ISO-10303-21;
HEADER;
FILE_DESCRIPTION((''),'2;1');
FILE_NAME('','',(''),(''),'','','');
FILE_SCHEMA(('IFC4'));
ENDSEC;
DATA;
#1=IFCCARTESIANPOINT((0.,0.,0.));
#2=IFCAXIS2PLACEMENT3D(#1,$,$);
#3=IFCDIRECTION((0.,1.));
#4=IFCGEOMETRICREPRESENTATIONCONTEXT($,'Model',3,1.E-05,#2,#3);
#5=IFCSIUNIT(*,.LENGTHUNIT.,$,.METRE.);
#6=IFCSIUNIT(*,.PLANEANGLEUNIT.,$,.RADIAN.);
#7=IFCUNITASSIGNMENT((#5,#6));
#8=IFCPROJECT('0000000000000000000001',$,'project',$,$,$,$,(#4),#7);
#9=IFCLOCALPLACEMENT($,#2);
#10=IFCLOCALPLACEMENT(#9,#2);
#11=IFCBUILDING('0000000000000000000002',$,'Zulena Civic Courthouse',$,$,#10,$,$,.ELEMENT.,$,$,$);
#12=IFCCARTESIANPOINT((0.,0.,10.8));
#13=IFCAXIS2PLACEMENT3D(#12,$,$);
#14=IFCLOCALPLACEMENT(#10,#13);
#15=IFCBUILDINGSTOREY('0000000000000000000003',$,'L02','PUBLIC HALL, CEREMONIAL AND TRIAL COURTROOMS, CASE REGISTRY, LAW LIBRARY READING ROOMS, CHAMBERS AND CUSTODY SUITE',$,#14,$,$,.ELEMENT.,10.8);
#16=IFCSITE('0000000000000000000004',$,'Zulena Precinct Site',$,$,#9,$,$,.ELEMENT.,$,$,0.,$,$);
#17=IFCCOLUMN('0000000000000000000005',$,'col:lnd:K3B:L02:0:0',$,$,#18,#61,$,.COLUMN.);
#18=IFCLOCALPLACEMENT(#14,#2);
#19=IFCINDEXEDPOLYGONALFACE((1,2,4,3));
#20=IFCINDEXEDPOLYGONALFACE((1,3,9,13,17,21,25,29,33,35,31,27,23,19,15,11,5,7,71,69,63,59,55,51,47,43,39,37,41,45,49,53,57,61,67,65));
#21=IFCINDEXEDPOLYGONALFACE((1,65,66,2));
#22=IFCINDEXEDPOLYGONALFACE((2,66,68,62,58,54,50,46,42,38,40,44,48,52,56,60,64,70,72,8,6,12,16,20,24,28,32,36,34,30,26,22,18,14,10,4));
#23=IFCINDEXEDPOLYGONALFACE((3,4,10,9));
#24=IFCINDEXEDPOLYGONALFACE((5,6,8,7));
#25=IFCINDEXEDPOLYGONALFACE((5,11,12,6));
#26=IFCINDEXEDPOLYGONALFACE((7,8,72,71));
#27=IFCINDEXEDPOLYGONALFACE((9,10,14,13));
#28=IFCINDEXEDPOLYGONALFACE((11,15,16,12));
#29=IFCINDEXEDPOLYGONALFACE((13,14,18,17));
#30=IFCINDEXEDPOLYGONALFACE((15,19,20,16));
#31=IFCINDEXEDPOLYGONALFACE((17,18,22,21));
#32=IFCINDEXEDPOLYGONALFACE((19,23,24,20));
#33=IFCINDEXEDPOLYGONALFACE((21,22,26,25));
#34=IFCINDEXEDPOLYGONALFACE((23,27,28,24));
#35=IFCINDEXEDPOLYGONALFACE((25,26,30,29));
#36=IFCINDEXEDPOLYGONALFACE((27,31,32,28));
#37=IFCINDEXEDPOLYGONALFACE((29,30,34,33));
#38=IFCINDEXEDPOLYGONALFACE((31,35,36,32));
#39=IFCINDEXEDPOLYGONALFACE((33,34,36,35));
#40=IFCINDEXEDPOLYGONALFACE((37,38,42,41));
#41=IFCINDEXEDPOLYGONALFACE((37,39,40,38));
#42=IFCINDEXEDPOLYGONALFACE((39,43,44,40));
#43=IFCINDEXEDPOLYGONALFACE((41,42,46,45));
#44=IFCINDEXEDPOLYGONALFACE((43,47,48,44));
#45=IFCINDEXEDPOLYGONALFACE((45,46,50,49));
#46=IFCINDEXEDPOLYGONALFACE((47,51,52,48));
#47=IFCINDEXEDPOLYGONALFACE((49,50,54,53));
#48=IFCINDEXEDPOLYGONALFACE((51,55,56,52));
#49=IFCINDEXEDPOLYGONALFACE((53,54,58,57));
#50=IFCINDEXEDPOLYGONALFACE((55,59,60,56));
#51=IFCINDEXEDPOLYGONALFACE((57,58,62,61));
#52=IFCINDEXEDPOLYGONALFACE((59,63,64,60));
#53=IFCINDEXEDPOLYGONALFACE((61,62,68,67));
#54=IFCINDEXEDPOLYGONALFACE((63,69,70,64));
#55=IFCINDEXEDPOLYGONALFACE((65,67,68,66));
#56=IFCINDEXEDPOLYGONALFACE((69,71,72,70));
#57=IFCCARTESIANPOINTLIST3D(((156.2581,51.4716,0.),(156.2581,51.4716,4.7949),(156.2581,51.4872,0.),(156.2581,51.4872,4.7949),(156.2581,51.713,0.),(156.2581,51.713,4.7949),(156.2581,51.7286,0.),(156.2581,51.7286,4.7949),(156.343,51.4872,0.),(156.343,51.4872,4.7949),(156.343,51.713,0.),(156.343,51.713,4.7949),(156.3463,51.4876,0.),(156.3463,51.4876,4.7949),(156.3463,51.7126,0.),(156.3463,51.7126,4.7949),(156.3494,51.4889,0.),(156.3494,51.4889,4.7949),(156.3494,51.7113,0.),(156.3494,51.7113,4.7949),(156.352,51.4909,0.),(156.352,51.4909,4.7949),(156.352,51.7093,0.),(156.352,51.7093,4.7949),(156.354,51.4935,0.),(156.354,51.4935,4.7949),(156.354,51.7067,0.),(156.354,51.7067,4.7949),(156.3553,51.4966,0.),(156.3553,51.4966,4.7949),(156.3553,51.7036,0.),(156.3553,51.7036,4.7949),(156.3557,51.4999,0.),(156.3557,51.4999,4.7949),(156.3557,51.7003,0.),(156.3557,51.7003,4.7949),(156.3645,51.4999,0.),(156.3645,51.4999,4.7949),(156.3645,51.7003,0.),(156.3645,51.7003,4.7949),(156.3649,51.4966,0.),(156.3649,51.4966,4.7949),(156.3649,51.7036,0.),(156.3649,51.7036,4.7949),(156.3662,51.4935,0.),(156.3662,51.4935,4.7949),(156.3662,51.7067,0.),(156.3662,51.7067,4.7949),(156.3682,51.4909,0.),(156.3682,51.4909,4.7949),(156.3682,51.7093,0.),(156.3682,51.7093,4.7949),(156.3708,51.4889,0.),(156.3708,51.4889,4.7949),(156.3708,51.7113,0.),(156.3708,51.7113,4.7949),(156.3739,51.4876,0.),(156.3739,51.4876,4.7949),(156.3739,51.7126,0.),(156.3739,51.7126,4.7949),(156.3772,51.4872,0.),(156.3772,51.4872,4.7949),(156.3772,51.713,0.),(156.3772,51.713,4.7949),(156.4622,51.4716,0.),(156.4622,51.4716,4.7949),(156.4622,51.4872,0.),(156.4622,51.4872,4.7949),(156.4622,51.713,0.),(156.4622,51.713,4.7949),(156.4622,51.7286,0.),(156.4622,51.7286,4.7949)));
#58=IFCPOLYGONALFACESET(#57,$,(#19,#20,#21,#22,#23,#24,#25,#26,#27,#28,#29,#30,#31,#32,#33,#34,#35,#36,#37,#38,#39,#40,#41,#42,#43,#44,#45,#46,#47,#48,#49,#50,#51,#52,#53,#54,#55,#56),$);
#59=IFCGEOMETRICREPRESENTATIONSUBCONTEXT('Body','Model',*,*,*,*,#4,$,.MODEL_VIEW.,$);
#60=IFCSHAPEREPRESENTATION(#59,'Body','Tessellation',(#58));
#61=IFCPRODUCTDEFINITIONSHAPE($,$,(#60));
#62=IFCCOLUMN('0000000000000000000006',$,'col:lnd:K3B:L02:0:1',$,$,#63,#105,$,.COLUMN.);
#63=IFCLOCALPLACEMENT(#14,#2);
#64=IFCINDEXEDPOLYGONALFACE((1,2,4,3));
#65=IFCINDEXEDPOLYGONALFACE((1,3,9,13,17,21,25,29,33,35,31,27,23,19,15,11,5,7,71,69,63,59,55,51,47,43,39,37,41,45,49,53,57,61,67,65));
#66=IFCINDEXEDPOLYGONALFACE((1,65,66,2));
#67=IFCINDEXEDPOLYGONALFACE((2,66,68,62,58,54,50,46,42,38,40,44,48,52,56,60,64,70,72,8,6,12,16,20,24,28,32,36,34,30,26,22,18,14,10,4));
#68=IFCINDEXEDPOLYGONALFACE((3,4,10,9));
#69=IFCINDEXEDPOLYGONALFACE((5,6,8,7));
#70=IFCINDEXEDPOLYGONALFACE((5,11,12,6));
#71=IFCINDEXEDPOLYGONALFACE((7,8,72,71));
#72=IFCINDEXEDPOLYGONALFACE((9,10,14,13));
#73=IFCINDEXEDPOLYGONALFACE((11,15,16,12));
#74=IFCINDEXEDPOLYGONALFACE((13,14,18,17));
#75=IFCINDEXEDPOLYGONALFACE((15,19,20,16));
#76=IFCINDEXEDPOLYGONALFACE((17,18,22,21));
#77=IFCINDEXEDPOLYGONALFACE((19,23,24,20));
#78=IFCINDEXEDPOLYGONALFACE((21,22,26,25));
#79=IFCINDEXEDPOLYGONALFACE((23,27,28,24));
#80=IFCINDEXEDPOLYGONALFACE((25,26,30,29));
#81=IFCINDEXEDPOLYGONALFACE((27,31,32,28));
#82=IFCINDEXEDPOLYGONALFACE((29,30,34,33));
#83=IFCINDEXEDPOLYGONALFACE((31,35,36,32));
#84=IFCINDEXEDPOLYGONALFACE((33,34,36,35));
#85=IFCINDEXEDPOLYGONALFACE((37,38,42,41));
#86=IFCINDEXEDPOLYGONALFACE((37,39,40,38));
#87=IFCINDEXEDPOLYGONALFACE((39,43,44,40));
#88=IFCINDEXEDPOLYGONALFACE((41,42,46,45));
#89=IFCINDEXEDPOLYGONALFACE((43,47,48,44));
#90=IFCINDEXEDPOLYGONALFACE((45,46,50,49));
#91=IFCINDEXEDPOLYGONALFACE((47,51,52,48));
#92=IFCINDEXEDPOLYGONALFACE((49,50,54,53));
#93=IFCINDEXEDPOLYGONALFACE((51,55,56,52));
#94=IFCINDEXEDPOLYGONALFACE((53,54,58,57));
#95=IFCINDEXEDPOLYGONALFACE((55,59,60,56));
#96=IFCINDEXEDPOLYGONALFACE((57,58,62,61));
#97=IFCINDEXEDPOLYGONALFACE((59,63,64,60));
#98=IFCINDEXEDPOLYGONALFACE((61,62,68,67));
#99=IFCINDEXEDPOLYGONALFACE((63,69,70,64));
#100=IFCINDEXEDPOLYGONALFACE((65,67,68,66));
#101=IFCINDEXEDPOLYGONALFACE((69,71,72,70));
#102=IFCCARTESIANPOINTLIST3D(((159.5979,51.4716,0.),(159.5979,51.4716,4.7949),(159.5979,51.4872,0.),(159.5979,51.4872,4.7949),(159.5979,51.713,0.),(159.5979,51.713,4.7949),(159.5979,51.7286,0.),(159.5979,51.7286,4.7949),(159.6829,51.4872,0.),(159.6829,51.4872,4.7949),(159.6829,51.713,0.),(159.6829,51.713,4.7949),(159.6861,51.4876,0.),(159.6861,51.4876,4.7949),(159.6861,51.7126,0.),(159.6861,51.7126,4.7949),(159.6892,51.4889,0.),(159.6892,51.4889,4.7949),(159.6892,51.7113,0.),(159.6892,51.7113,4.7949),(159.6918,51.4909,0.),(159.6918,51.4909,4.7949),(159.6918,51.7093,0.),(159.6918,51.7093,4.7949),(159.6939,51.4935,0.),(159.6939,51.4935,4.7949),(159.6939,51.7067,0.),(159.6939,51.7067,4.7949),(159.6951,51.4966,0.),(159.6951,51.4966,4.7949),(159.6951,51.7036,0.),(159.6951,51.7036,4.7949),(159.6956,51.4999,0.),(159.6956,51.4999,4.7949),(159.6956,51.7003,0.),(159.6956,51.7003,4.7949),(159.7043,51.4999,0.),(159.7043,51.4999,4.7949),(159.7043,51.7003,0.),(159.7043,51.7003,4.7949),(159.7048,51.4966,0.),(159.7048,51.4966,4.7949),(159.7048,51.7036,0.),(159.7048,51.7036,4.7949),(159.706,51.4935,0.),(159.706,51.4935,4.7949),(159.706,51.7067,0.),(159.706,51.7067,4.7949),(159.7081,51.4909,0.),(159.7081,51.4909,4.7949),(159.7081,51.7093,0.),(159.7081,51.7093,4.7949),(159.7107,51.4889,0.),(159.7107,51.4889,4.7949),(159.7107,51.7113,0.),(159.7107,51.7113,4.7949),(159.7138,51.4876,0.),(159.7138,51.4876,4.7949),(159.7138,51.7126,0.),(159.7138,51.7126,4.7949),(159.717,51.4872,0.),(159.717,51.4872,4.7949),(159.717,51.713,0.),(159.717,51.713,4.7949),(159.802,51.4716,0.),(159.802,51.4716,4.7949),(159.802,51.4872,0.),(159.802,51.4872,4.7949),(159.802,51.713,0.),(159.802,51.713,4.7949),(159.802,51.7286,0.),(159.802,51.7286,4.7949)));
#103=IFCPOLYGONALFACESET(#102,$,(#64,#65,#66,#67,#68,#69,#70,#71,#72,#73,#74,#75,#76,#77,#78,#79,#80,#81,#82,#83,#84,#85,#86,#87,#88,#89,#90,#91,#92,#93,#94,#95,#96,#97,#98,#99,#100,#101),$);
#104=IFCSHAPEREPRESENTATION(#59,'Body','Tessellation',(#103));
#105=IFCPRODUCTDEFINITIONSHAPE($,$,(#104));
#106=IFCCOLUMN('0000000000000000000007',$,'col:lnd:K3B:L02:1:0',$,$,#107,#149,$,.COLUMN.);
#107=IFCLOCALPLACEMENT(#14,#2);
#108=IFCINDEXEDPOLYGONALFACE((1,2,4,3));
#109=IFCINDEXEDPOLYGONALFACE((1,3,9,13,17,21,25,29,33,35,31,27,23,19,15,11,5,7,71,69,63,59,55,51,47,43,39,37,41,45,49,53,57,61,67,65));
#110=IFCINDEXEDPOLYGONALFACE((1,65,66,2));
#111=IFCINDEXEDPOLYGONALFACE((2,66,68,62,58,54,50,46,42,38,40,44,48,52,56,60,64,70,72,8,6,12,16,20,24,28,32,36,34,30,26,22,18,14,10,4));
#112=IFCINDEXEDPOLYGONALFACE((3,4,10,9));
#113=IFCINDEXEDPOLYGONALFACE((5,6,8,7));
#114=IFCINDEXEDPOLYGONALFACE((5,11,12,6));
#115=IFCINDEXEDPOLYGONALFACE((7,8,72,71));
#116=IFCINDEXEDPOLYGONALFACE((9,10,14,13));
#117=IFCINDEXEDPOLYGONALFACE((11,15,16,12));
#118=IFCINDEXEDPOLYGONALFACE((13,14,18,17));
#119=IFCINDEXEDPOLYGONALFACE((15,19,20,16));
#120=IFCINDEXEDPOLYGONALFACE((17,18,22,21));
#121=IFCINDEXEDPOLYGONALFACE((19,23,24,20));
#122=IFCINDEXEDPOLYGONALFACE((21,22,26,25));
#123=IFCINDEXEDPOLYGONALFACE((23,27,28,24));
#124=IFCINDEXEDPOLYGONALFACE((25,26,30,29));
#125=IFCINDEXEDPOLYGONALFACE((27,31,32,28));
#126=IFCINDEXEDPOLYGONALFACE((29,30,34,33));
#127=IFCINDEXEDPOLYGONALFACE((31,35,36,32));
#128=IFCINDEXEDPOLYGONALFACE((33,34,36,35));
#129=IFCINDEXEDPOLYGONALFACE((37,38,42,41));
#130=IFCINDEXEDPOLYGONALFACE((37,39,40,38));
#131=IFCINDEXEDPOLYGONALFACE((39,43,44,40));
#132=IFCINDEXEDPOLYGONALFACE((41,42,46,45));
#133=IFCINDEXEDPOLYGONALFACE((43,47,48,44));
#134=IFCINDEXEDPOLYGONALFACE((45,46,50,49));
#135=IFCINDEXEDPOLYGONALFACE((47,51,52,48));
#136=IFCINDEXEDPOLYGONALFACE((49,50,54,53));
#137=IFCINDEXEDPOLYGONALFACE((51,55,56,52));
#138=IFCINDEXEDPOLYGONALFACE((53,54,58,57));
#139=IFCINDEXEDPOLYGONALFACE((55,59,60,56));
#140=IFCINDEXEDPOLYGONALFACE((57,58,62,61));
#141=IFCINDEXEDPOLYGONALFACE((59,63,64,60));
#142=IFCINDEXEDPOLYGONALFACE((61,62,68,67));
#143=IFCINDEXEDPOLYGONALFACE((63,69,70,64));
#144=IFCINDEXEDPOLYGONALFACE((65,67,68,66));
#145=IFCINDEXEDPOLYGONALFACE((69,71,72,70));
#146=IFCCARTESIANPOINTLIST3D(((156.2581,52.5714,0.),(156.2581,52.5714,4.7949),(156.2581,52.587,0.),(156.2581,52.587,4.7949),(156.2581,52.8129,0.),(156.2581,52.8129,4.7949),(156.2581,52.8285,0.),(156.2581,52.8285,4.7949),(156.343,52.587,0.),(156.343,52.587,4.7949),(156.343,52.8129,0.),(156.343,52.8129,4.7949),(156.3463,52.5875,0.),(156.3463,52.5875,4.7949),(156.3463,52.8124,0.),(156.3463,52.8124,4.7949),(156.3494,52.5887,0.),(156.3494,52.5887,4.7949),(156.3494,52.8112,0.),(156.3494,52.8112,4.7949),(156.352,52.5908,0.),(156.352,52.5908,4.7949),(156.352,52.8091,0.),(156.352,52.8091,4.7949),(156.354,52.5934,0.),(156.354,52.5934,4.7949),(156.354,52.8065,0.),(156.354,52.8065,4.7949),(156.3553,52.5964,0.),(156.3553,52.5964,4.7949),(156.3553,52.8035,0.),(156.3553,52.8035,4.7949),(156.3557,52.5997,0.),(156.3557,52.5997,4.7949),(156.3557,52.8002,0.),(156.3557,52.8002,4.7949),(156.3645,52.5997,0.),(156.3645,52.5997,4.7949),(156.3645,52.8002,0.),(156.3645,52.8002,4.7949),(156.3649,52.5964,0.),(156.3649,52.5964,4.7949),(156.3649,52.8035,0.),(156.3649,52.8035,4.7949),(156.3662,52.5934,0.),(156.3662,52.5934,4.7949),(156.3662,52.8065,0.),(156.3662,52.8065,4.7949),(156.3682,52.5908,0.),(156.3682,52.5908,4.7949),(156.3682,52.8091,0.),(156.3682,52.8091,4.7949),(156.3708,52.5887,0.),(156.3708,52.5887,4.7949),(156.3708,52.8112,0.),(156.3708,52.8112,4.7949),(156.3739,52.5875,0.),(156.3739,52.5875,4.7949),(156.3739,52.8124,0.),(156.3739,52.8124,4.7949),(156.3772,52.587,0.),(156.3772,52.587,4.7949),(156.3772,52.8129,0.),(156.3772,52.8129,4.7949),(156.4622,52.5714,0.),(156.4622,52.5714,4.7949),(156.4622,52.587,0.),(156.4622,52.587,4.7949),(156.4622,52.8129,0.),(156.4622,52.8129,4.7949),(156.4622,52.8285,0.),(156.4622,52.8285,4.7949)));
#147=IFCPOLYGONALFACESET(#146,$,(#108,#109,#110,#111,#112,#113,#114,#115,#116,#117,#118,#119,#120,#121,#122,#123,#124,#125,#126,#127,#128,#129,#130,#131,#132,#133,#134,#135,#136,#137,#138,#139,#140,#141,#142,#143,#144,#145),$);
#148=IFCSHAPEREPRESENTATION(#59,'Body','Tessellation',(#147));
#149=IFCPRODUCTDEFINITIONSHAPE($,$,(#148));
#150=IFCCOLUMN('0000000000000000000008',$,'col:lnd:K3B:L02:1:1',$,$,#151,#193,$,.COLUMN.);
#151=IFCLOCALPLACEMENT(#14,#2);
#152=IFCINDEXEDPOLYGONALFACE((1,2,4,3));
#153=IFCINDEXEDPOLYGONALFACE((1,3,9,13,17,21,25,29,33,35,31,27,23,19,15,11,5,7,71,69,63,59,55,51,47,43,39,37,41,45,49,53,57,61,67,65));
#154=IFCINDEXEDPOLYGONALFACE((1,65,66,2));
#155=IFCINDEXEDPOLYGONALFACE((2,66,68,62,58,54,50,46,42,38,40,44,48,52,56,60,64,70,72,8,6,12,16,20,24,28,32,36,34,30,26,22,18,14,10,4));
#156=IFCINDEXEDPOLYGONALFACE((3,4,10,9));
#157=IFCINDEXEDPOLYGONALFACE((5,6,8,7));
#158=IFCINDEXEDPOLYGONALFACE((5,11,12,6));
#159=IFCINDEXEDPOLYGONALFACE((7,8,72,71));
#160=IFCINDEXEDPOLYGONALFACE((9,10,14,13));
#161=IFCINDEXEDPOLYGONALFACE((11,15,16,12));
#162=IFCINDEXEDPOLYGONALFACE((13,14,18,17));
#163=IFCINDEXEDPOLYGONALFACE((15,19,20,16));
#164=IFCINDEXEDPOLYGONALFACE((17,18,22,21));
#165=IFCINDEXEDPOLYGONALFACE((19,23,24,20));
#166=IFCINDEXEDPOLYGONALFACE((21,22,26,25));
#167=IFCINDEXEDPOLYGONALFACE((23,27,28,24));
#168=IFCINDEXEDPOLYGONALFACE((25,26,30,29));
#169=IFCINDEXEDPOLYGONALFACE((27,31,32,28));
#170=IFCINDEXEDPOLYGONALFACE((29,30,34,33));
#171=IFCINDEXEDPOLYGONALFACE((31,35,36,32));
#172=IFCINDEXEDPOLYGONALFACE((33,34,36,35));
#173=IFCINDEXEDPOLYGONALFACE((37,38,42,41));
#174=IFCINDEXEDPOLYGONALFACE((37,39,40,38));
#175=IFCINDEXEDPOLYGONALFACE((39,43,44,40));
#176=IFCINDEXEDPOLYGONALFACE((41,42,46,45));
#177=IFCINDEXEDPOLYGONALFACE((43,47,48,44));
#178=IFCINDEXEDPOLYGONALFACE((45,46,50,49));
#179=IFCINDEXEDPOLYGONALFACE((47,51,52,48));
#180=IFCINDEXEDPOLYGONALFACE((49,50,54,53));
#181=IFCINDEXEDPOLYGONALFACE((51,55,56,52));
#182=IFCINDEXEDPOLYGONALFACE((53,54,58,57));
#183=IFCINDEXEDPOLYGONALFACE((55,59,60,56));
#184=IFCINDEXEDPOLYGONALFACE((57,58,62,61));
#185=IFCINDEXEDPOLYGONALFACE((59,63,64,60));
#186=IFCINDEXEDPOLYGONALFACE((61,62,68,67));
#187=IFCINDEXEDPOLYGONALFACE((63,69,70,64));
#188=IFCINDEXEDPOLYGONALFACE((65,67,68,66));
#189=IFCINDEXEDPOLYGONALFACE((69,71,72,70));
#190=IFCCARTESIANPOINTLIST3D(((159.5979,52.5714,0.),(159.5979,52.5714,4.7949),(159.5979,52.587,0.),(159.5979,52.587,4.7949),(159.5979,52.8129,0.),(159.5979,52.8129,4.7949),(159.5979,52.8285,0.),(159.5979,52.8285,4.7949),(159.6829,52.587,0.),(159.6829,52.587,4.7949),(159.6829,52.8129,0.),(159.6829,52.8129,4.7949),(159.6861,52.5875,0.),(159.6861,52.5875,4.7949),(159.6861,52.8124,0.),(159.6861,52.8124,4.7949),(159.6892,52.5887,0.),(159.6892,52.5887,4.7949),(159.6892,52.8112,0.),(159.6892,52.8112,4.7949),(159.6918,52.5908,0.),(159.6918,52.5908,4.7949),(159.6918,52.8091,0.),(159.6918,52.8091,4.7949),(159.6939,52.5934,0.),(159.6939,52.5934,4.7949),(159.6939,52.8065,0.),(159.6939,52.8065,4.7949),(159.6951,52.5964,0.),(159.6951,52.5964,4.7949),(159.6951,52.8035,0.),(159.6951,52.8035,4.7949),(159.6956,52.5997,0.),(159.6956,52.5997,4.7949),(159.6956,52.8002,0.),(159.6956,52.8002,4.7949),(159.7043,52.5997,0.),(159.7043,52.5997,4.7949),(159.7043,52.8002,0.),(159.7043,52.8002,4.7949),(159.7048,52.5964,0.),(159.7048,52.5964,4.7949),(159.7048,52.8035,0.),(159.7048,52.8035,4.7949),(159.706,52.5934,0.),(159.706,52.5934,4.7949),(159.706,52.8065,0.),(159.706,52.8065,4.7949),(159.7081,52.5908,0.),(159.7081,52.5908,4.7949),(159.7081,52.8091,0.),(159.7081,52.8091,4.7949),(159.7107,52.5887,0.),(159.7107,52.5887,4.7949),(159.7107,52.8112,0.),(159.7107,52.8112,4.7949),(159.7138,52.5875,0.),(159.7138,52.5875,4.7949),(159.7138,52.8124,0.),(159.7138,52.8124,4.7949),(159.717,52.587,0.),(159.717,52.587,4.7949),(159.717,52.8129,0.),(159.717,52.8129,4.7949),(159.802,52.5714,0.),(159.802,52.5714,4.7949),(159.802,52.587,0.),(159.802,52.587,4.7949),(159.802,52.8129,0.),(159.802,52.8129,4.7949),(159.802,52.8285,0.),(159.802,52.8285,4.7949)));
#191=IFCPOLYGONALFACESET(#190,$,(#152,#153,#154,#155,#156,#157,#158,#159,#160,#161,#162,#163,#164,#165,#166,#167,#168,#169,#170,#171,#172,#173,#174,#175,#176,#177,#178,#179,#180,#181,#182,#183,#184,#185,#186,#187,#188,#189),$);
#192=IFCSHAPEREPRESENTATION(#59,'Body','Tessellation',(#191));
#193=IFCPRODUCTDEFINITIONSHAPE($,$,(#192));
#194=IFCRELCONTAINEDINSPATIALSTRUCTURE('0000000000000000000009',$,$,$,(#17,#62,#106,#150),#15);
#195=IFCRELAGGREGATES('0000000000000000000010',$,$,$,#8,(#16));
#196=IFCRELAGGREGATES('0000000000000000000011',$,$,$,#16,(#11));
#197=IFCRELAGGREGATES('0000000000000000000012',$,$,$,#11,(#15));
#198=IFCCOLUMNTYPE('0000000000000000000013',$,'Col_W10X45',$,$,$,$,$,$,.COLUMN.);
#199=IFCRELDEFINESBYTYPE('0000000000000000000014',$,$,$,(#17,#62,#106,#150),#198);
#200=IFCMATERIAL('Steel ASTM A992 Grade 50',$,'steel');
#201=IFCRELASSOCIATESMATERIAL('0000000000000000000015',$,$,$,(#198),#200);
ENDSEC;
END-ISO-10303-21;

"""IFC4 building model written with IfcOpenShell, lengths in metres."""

from ifc_helpers import new_model, si_unit, direction, frame, origin, origin_2d, place, context, subcontext, project, spatial, i_section, extrude, material, material_profile, profile_set, type_object, element, save


model = new_model("IFC4")

# Units and contexts
model_context = context("Model", 3, precision=1e-05, world=origin(), true_north=direction((0.0, 1.0)))
body_context = subcontext(model_context, "Body", "Model", "MODEL_VIEW")
ifc_project = project(units=[si_unit("LENGTHUNIT", "METRE"), si_unit("PLANEANGLEUNIT", "RADIAN")], contexts=[model_context])

# Site, building, storey
site_placement = place(None, origin())
site = spatial("IfcSite", under=ifc_project, at=site_placement, Name="Zulena Precinct Site", CompositionType="ELEMENT", RefElevation=0.0)
building_placement = place(site_placement, origin())
building = spatial("IfcBuilding", under=site, at=building_placement, Name="Zulena Civic Courthouse", CompositionType="ELEMENT")
storey_placement = place(building_placement, frame((0.0, 0.0, 10.8)))
storey = spatial("IfcBuildingStorey", under=building, at=storey_placement, Name="L02", Description="PUBLIC HALL, CEREMONIAL AND TRIAL COURTROOMS, CASE REGISTRY, LAW LIBRARY READING ROOMS, CHAMBERS AND CUSTODY SUITE", CompositionType="ELEMENT", Elevation=10.8)

# Columns
ifc_material_1 = material(Name="Steel ASTM A992 Grade 50", Category="steel")
ifc_material_profile_1 = material_profile(ifc_material_1, i_section(OverallWidth=0.2041, OverallDepth=0.2571, WebThickness=0.0088, FlangeThickness=0.0156, FilletRadius=0.0127, at=origin_2d()), Name="W10X45")
ifc_profile_set_1 = profile_set([ifc_material_profile_1], Name="Steel ASTM A992 Grade 50")
column_type_1 = type_object("IfcColumnType", Name="Col_W10X45", PredefinedType="COLUMN", material=ifc_profile_set_1)
for number, where, z_axis, x_axis, name in (
    (1, (156.3601, 51.6001, 0.0), (0.0, 0.0, 1.0), (1.0, 0.0, 0.0), "col:lnd:K3B:L02:0:0"),
    (2, (159.7, 51.6001, 0.0), (0.0, 0.0, 1.0), (1.0, 0.0, 0.0), "col:lnd:K3B:L02:0:1"),
    (3, (156.3601, 52.7, 0.0), (0.0, 0.0, 1.0), (1.0, 0.0, 0.0), "col:lnd:K3B:L02:1:0"),
    (4, (159.7, 52.7, 0.0), (0.0, 0.0, 1.0), (1.0, 0.0, 0.0), "col:lnd:K3B:L02:1:1"),
):
    element("IfcColumn", number, at=place(storey_placement, frame(where, z_axis=z_axis, x_axis=x_axis)), inside=storey, type_object=column_type_1, Name=name, PredefinedType="COLUMN", context=body_context, shape_type="SweptSolid", body=[
        extrude(i_section(OverallWidth=0.2041, OverallDepth=0.2571, WebThickness=0.0088, FlangeThickness=0.0156, FilletRadius=0.0127, at=origin_2d()), origin(), (0.0, 0.0, 1.0), 4.7949),
    ])

save(model, "model.ifc")
